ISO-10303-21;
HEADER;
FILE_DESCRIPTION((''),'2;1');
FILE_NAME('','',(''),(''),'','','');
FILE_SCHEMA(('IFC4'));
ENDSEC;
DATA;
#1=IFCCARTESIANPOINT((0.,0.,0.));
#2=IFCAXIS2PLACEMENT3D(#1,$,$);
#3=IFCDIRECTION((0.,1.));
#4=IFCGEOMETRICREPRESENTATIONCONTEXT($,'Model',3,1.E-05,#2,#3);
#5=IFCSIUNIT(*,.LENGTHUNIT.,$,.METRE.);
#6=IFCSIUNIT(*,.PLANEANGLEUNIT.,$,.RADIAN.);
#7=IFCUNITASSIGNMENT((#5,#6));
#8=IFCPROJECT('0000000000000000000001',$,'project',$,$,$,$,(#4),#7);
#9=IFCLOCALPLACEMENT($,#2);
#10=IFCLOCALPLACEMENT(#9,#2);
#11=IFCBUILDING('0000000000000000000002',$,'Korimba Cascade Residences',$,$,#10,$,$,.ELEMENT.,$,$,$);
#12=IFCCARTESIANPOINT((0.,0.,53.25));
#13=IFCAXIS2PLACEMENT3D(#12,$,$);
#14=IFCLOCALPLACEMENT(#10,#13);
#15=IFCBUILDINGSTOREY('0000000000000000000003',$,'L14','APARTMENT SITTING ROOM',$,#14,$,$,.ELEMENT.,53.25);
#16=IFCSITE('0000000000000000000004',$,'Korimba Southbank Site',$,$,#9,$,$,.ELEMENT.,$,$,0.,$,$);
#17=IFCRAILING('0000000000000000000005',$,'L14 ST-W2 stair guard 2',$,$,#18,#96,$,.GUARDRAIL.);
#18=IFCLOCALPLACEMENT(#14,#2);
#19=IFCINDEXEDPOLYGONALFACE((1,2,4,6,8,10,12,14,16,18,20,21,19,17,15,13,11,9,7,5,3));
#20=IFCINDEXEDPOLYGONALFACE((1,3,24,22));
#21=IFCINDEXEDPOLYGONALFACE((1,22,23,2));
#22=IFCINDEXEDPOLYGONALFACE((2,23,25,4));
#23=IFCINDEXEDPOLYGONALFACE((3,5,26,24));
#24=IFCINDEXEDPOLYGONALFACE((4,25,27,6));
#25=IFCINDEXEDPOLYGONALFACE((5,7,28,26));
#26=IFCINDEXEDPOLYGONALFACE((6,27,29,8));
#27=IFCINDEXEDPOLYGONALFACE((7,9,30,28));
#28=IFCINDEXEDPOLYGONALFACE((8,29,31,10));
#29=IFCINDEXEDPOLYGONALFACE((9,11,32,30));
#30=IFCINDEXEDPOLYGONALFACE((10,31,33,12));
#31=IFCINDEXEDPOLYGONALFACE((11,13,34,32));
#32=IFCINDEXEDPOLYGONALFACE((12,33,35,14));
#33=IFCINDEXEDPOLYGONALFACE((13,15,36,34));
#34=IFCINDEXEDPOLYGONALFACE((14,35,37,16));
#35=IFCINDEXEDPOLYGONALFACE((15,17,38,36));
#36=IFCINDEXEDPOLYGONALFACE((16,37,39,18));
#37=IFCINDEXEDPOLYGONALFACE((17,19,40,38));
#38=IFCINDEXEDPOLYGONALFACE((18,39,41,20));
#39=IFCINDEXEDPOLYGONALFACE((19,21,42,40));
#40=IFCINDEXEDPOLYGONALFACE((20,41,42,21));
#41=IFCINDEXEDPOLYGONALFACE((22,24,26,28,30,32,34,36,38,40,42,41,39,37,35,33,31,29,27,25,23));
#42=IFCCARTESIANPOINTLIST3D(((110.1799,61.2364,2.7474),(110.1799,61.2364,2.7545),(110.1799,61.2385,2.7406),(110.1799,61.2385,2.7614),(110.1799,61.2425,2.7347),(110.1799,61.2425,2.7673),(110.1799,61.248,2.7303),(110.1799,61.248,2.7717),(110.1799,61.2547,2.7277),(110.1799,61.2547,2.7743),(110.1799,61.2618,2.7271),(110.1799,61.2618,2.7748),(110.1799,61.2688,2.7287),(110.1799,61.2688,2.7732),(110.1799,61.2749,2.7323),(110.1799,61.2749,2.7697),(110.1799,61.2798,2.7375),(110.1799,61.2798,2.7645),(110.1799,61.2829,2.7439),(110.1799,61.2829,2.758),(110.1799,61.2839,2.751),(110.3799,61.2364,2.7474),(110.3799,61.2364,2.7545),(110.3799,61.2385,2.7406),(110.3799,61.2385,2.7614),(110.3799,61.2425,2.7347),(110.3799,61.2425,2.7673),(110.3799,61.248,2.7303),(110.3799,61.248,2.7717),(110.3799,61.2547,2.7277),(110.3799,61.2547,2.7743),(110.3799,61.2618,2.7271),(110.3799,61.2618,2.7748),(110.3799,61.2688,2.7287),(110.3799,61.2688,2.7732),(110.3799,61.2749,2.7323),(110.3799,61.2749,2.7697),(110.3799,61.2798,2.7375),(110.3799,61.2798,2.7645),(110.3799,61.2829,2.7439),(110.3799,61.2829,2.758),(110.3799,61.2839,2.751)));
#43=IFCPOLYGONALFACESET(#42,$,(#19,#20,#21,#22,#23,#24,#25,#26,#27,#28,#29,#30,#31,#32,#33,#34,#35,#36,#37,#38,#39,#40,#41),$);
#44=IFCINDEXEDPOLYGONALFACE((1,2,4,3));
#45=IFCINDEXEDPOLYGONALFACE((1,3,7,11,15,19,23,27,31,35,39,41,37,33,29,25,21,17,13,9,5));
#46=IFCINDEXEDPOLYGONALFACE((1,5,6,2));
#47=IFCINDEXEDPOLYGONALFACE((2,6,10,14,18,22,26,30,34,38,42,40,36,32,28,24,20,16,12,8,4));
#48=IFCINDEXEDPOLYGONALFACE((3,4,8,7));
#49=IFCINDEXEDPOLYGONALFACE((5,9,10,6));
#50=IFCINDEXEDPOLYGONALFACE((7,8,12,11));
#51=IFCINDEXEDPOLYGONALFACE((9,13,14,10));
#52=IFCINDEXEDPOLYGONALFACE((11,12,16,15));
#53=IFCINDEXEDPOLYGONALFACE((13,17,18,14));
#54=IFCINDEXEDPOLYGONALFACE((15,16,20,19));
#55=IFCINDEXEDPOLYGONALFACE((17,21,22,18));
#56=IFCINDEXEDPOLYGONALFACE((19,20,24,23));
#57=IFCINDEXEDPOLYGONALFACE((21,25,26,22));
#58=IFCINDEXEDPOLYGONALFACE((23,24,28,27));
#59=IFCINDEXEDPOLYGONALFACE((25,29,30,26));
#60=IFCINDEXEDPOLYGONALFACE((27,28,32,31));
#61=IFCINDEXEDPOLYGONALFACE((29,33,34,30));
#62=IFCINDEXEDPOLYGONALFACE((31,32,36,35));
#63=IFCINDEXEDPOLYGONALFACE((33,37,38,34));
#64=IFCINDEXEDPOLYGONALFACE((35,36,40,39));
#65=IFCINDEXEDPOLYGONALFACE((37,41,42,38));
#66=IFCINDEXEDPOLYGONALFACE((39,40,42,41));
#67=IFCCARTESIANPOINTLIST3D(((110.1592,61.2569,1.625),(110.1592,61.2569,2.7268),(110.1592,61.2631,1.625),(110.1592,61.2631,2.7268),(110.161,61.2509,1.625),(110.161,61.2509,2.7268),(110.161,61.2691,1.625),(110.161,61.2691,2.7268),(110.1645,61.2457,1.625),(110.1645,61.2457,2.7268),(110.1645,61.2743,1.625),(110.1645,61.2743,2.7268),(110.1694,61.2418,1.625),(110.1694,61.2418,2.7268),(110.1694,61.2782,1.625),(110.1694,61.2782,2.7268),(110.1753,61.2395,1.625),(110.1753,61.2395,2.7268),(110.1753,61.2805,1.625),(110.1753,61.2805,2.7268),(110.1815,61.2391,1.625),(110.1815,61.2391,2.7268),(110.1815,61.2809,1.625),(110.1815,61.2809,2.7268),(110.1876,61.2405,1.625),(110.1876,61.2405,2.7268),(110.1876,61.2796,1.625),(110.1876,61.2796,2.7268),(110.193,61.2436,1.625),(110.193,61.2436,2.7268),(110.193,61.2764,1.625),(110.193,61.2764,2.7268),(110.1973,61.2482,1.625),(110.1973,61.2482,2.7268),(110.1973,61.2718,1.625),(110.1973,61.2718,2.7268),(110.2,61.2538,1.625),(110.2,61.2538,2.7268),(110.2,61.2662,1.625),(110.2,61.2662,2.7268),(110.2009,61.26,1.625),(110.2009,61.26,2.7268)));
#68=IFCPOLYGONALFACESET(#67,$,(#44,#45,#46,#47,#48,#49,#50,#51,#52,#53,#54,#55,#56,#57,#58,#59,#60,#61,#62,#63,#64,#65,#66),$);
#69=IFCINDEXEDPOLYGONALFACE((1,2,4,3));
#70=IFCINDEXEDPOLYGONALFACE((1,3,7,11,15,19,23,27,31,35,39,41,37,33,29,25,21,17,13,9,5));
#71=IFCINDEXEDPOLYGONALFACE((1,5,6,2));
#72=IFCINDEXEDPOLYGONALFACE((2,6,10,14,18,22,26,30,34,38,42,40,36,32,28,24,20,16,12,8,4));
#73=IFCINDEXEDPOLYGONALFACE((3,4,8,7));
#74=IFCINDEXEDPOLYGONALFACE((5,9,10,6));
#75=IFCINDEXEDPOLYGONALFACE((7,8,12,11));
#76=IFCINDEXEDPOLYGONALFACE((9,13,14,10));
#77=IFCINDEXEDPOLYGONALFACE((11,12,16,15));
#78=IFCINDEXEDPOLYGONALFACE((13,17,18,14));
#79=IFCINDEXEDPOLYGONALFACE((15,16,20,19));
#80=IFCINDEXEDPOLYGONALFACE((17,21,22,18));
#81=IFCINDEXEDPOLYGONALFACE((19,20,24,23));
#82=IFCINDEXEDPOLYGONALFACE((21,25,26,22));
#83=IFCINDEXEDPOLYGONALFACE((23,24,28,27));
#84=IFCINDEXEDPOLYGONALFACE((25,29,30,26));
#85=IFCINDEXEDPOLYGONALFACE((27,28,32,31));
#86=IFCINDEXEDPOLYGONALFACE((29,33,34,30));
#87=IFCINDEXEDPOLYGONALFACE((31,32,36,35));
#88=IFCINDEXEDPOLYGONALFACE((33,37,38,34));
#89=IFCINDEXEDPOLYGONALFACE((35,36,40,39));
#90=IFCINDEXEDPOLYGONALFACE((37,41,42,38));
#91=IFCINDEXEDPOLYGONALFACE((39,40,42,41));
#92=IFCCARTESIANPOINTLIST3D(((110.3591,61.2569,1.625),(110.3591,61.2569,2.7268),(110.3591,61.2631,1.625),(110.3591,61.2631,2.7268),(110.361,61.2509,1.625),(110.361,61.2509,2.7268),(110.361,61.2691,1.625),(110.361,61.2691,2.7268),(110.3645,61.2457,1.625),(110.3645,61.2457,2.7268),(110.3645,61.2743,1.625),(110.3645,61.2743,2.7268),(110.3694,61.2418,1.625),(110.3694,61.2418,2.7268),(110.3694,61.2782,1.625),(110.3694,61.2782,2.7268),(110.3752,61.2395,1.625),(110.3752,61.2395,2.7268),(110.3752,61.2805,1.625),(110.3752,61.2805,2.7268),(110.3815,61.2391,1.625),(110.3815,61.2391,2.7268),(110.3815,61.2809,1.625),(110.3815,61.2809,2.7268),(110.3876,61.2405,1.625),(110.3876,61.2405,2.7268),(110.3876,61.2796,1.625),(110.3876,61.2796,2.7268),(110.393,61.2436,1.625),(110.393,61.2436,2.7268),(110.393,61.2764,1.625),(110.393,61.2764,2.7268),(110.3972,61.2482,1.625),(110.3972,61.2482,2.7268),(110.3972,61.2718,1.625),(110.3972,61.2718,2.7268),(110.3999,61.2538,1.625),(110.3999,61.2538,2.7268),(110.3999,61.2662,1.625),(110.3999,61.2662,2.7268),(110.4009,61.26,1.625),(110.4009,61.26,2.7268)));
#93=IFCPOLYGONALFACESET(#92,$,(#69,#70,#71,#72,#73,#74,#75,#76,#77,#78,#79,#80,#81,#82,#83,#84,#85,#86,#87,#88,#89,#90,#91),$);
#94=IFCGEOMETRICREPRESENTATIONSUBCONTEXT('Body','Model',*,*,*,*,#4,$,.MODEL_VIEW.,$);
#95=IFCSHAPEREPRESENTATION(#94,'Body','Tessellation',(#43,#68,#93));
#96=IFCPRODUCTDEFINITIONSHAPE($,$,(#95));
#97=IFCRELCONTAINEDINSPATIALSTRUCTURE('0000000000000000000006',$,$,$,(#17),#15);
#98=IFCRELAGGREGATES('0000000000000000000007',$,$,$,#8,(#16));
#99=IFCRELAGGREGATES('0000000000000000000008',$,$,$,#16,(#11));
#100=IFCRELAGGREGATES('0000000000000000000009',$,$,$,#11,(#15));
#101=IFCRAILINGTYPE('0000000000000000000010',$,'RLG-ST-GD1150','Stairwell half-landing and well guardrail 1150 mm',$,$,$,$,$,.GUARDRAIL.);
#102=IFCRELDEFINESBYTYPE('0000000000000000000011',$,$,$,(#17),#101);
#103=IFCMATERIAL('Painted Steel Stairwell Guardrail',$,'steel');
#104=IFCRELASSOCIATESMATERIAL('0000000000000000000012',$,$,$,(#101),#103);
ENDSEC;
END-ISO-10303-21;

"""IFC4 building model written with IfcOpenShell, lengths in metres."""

from ifc_helpers import new_model, si_unit, direction, frame, origin, origin_2d, place, context, subcontext, project, spatial, circle, extrude, material, type_object, element, save


model = new_model("IFC4")

# Units and contexts
model_context = context("Model", 3, precision=1e-05, world=origin(), true_north=direction((0.0, 1.0)))
body_context = subcontext(model_context, "Body", "Model", "MODEL_VIEW")
ifc_project = project(units=[si_unit("LENGTHUNIT", "METRE"), si_unit("PLANEANGLEUNIT", "RADIAN")], contexts=[model_context])

# Site, building, storey
site_placement = place(None, origin())
site = spatial("IfcSite", under=ifc_project, at=site_placement, Name="Korimba Southbank Site", CompositionType="ELEMENT", RefElevation=0.0)
building_placement = place(site_placement, origin())
building = spatial("IfcBuilding", under=site, at=building_placement, Name="Korimba Cascade Residences", CompositionType="ELEMENT")
storey_placement = place(building_placement, frame((0.0, 0.0, 53.25)))
storey = spatial("IfcBuildingStorey", under=building, at=storey_placement, Name="L14", Description="APARTMENT SITTING ROOM", CompositionType="ELEMENT", Elevation=53.25)

# Railing
ifc_material_1 = material(Name="Painted Steel Stairwell Guardrail", Category="steel")
railing_type_1 = type_object("IfcRailingType", Name="RLG-ST-GD1150", Description="Stairwell half-landing and well guardrail 1150 mm", PredefinedType="GUARDRAIL", material=ifc_material_1)
railing_1_placement = place(storey_placement, frame((110.1799, 61.26, 1.625)))
element("IfcRailing", 1, at=railing_1_placement, inside=storey, type_object=railing_type_1, Name="L14 ST-W2 stair guard 2", PredefinedType="GUARDRAIL", context=body_context, shape_type="SweptSolid", body=[
    extrude(circle(Radius=0.0239, at=origin_2d()), frame((0.0, 0.0, 1.126), z_axis=(1.0, 0.0, 0.0), x_axis=(0.0, 1.0, 0.0)), (0.0, 0.0, 1.0), 0.2),
    extrude(circle(Radius=0.021, at=origin_2d()), origin(), (0.0, 0.0, 1.0), 1.1018),
    extrude(circle(Radius=0.021, at=origin_2d()), frame((0.2, 0.0, 0.0)), (0.0, 0.0, 1.0), 1.1018),
])

save(model, "model.ifc")
